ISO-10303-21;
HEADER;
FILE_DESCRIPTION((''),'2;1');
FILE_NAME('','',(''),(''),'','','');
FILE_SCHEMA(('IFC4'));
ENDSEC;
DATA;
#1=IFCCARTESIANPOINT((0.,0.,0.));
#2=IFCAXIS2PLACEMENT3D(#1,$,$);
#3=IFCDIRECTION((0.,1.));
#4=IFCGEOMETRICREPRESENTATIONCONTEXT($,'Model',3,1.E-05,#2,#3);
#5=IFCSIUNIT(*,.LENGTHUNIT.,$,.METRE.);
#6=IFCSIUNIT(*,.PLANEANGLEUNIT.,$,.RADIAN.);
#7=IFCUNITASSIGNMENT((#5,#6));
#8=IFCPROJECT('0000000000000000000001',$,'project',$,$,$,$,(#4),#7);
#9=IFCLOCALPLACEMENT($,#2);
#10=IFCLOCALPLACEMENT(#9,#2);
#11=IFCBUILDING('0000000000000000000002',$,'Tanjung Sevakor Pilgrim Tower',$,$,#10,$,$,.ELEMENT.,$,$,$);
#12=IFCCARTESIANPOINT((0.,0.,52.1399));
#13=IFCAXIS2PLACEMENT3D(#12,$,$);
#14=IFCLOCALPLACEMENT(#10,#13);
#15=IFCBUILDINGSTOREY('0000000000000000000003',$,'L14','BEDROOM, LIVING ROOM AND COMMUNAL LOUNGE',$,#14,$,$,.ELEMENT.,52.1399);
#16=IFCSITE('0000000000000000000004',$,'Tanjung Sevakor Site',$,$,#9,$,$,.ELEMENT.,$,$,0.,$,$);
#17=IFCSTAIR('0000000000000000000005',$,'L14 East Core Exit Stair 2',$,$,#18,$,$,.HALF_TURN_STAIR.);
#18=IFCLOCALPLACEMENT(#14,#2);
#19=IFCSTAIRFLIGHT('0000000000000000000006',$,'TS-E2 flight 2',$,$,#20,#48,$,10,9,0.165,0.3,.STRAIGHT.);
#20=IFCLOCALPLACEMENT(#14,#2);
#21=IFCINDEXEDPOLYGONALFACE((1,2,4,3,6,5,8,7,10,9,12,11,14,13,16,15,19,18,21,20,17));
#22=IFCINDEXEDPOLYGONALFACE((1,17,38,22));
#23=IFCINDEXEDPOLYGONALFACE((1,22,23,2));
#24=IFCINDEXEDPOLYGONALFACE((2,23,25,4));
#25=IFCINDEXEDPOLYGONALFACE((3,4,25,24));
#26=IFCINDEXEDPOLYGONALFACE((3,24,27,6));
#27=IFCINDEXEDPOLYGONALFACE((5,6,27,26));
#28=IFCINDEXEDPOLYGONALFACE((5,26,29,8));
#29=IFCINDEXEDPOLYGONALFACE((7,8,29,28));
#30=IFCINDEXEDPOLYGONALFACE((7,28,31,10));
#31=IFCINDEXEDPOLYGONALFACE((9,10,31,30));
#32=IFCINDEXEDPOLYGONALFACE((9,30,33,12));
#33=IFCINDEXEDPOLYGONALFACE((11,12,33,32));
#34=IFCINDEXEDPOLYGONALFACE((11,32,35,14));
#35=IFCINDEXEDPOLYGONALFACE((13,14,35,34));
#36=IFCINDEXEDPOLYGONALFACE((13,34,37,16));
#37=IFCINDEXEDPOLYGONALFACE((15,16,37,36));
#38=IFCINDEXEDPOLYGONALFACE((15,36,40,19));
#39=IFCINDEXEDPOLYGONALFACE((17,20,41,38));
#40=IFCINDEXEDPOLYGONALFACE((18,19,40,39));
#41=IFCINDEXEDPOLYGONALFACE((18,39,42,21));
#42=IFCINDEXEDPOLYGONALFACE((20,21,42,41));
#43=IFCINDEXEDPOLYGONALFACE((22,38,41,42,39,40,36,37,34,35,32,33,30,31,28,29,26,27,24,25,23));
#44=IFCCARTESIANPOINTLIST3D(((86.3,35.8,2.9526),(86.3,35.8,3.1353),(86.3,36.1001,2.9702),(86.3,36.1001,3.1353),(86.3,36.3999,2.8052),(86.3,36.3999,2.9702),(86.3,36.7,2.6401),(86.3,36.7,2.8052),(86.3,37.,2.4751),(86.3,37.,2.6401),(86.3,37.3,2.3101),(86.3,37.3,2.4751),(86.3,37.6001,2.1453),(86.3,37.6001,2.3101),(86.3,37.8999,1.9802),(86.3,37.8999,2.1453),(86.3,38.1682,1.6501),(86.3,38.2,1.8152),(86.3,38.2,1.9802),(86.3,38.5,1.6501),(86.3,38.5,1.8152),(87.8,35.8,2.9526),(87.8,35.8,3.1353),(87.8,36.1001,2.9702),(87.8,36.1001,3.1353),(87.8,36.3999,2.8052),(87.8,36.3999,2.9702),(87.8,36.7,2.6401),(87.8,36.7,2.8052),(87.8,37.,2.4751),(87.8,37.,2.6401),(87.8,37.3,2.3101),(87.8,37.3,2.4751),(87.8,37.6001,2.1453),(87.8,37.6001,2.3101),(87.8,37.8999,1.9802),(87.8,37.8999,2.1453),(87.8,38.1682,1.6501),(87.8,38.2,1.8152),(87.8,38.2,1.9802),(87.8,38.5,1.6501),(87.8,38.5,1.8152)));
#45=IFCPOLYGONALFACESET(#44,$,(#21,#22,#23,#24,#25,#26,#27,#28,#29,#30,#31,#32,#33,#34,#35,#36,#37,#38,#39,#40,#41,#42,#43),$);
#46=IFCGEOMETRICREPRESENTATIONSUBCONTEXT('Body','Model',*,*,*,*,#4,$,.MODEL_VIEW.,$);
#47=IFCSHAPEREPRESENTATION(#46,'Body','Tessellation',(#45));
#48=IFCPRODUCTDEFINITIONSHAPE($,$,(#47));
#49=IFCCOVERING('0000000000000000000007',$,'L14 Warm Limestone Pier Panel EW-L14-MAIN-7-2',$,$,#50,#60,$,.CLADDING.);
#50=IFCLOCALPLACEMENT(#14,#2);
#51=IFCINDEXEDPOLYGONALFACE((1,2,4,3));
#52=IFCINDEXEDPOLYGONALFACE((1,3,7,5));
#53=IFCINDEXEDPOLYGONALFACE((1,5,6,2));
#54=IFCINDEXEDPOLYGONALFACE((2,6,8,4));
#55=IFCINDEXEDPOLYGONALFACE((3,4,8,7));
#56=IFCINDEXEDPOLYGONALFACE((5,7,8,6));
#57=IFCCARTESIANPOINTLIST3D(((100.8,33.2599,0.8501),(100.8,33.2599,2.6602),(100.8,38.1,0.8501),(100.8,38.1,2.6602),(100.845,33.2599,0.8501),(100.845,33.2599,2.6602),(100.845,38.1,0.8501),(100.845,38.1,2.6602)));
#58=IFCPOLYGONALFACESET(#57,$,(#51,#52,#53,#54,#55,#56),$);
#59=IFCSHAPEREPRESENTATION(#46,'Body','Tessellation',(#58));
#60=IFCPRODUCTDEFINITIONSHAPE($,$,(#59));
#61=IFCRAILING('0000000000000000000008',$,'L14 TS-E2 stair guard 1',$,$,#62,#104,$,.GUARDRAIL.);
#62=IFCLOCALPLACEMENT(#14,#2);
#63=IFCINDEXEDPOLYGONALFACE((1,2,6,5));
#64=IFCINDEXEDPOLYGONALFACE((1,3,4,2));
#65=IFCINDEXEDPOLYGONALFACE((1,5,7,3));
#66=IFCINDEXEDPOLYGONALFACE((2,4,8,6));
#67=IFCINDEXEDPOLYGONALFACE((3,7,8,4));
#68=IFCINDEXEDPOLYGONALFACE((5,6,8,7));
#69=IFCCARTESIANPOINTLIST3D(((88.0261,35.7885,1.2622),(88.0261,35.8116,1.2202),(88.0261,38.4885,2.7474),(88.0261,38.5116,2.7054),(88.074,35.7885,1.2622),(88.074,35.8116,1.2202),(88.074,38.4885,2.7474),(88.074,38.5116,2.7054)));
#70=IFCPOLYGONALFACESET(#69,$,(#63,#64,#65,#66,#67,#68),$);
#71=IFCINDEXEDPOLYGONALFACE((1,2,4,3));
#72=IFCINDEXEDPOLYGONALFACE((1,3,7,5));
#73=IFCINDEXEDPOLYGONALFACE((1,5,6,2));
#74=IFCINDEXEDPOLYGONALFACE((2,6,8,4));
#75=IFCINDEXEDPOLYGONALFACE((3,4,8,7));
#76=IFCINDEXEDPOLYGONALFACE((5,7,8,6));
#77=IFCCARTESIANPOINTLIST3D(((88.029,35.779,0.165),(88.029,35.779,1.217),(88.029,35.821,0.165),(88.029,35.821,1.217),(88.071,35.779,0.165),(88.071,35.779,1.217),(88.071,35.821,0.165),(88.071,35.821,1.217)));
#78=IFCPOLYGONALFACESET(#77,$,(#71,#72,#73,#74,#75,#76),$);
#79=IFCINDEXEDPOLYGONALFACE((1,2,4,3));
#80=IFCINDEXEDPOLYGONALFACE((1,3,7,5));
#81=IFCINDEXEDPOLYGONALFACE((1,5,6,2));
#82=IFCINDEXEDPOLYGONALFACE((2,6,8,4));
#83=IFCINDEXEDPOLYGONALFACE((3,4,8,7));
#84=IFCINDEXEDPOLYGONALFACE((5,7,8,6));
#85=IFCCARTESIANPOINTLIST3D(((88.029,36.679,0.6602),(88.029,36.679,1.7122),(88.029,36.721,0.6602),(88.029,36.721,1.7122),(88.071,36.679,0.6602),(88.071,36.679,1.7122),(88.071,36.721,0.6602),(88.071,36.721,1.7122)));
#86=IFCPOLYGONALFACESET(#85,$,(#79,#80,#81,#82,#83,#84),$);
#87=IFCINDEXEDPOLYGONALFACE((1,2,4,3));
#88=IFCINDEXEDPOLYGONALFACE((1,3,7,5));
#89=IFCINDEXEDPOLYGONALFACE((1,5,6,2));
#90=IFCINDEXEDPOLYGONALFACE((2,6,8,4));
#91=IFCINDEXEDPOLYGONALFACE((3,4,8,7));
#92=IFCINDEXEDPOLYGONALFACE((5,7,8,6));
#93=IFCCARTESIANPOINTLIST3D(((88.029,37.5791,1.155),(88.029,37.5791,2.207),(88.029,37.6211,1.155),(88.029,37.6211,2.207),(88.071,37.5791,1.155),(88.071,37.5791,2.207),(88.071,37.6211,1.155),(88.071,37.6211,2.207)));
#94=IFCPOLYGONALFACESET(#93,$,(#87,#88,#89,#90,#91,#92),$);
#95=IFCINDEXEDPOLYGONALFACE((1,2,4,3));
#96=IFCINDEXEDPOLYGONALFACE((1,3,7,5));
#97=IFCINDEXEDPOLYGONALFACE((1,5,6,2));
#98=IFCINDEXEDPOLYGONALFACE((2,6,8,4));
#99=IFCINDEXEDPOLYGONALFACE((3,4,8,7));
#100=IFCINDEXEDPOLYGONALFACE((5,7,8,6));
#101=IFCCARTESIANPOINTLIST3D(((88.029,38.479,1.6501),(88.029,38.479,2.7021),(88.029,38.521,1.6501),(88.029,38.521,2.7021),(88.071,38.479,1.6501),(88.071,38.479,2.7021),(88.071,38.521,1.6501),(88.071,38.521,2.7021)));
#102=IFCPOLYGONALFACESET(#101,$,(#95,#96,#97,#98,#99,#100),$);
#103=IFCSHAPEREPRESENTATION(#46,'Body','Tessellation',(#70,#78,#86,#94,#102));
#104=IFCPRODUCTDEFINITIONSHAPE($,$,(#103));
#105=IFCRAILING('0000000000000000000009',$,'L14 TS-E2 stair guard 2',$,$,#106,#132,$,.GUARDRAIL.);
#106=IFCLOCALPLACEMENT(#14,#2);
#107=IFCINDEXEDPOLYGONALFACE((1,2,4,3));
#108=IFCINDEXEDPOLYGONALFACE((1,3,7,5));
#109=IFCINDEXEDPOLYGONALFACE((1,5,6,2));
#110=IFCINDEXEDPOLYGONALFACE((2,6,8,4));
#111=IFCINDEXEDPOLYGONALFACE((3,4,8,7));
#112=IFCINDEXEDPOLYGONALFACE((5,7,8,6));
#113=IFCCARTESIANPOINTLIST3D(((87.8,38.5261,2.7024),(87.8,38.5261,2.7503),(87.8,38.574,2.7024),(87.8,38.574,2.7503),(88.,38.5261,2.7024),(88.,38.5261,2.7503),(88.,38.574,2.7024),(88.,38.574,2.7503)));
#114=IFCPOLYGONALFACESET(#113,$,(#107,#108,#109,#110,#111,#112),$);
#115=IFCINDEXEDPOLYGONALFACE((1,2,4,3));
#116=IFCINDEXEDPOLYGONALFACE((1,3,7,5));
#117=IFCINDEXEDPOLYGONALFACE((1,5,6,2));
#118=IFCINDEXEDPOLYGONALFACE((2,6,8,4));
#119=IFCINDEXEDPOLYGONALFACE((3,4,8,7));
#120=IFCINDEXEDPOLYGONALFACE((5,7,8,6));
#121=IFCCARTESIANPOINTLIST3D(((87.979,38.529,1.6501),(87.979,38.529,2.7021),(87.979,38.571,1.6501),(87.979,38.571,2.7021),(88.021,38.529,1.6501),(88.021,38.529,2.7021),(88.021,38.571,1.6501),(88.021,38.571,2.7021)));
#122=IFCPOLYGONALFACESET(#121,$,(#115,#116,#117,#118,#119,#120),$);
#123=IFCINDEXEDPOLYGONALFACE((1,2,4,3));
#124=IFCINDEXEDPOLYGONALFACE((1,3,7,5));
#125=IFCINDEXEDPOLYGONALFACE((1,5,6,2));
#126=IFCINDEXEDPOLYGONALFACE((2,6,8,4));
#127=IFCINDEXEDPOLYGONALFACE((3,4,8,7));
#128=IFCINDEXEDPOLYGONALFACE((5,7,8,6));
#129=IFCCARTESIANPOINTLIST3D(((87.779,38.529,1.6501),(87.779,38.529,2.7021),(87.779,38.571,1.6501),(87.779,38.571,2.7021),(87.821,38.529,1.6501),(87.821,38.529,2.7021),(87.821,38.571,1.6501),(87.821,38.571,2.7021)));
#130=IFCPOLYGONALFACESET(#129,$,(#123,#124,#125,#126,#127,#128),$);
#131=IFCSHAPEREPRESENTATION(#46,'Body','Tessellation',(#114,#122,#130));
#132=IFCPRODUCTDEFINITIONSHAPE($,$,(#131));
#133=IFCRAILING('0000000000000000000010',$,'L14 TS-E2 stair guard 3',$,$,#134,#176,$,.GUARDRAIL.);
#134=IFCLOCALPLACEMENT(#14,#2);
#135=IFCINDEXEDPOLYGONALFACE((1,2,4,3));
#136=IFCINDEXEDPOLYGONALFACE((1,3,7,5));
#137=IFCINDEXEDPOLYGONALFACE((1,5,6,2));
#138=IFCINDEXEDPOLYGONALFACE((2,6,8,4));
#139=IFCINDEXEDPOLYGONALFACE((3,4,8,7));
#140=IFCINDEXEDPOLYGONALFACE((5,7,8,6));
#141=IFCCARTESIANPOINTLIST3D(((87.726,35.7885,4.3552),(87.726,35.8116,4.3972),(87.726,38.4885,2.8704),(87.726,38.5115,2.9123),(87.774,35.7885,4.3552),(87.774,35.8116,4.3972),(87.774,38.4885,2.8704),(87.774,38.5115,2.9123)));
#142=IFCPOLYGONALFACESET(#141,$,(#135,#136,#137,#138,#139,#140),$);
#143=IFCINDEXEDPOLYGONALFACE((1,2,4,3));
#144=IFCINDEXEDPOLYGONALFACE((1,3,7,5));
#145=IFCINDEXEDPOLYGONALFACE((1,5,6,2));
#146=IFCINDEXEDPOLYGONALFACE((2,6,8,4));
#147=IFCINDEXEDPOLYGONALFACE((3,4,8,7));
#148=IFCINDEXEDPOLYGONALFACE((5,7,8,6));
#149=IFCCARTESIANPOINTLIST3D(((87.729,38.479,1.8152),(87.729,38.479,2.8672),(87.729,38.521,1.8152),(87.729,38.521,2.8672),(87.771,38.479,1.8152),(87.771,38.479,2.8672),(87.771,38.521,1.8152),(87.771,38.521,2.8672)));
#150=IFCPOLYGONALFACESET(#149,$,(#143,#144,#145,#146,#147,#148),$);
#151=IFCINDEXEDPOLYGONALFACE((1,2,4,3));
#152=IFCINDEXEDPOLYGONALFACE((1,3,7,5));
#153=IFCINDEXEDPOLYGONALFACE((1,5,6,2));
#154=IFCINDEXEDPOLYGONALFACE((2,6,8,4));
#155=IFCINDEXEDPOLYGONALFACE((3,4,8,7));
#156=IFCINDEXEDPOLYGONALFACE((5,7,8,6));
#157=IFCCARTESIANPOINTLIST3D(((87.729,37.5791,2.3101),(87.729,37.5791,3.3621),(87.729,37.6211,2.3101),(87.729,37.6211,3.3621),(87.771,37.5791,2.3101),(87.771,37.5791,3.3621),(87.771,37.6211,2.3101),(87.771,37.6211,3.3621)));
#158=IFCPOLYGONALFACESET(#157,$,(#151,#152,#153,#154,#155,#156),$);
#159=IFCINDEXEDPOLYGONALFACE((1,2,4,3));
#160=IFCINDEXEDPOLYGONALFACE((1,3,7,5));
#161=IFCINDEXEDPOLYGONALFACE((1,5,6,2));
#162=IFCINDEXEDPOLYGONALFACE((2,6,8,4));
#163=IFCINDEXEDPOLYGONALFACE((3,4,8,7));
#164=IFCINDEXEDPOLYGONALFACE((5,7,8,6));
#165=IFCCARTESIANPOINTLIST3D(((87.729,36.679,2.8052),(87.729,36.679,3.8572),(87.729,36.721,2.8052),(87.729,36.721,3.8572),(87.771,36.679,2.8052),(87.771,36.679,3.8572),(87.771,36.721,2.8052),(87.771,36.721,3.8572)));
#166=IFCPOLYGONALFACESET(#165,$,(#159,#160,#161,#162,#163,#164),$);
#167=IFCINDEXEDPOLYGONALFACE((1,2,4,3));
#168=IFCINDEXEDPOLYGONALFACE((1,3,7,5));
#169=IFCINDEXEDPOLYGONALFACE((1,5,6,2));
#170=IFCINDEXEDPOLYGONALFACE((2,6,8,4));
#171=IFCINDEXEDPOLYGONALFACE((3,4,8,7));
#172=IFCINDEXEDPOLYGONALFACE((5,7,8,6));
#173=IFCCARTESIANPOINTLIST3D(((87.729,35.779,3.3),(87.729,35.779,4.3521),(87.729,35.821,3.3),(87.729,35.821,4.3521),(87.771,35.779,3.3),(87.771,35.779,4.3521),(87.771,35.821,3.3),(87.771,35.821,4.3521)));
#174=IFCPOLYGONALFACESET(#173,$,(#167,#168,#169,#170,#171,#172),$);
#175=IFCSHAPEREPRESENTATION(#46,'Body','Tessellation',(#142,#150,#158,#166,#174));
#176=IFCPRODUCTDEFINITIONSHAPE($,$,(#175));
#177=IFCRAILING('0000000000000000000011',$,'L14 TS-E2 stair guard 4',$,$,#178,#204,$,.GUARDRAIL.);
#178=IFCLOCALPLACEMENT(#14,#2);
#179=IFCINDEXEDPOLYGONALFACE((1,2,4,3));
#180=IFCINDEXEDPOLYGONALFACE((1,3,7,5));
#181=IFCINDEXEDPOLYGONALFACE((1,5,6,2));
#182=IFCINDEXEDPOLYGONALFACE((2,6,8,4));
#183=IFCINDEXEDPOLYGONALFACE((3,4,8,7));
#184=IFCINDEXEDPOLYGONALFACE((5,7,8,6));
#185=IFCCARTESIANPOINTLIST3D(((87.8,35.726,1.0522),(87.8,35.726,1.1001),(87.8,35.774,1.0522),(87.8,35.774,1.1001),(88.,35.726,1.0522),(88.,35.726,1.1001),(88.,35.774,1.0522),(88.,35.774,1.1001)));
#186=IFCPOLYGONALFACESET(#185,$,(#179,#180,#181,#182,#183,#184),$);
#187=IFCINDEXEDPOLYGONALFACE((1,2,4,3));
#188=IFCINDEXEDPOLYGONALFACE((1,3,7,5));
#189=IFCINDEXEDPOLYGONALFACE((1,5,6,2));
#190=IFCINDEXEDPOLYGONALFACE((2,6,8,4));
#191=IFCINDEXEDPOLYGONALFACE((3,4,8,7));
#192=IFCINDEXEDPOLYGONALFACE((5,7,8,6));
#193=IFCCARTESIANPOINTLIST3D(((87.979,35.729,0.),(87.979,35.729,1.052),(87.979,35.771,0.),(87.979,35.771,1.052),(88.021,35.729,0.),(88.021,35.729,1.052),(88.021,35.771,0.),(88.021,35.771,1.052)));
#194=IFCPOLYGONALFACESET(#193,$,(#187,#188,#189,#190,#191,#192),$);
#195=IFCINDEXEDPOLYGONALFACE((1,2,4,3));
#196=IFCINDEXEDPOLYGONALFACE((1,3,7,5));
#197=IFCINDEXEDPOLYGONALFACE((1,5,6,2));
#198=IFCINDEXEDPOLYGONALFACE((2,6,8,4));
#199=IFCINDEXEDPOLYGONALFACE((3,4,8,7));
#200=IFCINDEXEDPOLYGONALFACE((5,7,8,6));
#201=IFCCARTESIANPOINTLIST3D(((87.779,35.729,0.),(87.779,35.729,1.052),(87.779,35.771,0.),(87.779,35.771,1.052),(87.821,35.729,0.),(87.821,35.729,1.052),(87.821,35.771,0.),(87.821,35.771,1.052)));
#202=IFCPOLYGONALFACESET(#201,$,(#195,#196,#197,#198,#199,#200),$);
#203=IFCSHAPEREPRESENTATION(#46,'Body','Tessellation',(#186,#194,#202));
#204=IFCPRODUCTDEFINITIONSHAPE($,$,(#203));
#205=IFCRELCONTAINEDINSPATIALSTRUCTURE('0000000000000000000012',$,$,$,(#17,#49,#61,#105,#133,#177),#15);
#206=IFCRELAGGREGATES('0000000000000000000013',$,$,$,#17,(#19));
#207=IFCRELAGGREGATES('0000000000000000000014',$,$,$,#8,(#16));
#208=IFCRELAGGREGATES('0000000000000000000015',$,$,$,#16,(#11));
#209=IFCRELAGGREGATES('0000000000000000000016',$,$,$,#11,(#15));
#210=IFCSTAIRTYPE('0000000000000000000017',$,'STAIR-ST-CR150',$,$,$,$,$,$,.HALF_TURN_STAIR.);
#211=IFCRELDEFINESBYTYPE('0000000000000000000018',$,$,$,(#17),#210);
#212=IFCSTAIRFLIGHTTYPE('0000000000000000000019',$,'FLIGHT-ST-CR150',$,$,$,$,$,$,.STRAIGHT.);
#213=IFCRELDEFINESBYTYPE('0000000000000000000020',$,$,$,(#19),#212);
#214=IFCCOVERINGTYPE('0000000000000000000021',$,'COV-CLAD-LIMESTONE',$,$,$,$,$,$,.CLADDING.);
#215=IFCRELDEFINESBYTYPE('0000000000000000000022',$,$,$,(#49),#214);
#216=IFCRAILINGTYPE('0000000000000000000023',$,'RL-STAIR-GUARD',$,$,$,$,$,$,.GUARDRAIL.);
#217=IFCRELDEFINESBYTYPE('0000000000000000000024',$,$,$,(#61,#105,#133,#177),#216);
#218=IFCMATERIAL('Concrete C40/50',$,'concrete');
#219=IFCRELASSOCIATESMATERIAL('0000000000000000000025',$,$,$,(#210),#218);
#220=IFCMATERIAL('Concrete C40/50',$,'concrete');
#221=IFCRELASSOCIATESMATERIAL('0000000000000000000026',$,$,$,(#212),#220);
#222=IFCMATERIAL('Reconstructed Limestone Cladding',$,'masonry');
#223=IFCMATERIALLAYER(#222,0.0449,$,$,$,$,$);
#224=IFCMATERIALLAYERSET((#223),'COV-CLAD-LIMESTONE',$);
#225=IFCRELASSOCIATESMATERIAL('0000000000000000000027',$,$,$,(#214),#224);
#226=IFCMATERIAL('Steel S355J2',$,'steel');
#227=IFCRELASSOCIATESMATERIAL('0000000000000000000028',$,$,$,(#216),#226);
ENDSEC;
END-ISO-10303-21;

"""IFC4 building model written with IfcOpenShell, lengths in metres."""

from ifc_helpers import new_model, si_unit, direction, frame, origin, origin_2d, place, context, subcontext, project, spatial, polyline, rectangle, outline, extrude, material, layer, layer_set, type_object, element, aggregate, save


model = new_model("IFC4")

# Units and contexts
model_context = context("Model", 3, precision=1e-05, world=origin(), true_north=direction((0.0, 1.0)))
body_context = subcontext(model_context, "Body", "Model", "MODEL_VIEW")
ifc_project = project(units=[si_unit("LENGTHUNIT", "METRE"), si_unit("PLANEANGLEUNIT", "RADIAN")], contexts=[model_context])

# Site, building, storey
site_placement = place(None, origin())
site = spatial("IfcSite", under=ifc_project, at=site_placement, Name="Tanjung Sevakor Site", CompositionType="ELEMENT", RefElevation=0.0)
building_placement = place(site_placement, origin())
building = spatial("IfcBuilding", under=site, at=building_placement, Name="Tanjung Sevakor Pilgrim Tower", CompositionType="ELEMENT")
storey_placement = place(building_placement, frame((0.0, 0.0, 52.1399)))
storey = spatial("IfcBuildingStorey", under=building, at=storey_placement, Name="L14", Description="BEDROOM, LIVING ROOM AND COMMUNAL LOUNGE", CompositionType="ELEMENT", Elevation=52.1399)

# Stair, stair flight
ifc_material_1 = material(Name="Concrete C40/50", Category="concrete")
stair_type = type_object("IfcStairType", Name="STAIR-ST-CR150", PredefinedType="HALF_TURN_STAIR", material=ifc_material_1)
stair_placement = place(storey_placement, origin())
stair = element("IfcStair", 1, at=stair_placement, inside=storey, type_object=stair_type, Name="L14 East Core Exit Stair 2", PredefinedType="HALF_TURN_STAIR")
ifc_material_2 = material(Name="Concrete C40/50", Category="concrete")
stair_flight_type = type_object("IfcStairFlightType", Name="FLIGHT-ST-CR150", PredefinedType="STRAIGHT", material=ifc_material_2)
stair_flight_1_placement = place(storey_placement, frame((87.05, 38.5, 1.6501), z_axis=(0.0, 0.0, 1.0), x_axis=(0.0, -1.0, 0.0)))
stair_flight_1 = element("IfcStairFlight", 2, at=stair_flight_1_placement, type_object=stair_flight_type, Name="TS-E2 flight 2", NumberOfRisers=10, NumberOfTreads=9, PredefinedType="STRAIGHT", RiserHeight=0.165, TreadLength=0.3, context=body_context, shape_type="SweptSolid", body=[
    extrude(outline(polyline([(0.0, 0.0), (0.0, 0.165), (0.3, 0.165), (0.3, 0.3301), (0.6001, 0.3301), (0.6001, 0.4951), (0.8999, 0.4951), (0.8999, 0.6599), (1.2, 0.6599), (1.2, 0.825), (1.5, 0.825), (1.5, 0.99), (1.8, 0.99), (1.8, 1.155), (2.1001, 1.155), (2.1001, 1.3201), (2.3999, 1.3201), (2.3999, 1.4851), (2.7, 1.4851), (2.7, 1.6499), (2.7, 1.3025), (0.3318, 0.0), (0.0, 0.0)])), frame((0.0, 0.75, 0.0), z_axis=(0.0, -1.0, 0.0), x_axis=(1.0, 0.0, 0.0)), (0.0, 0.0, 1.0), 1.5),
])
aggregate(stair, [stair_flight_1])

# Covering
ifc_material_3 = material(Name="Reconstructed Limestone Cladding", Category="masonry")
ifc_layer_1 = layer(ifc_material_3, 0.0449)
ifc_layer_set_1 = layer_set([ifc_layer_1], Name="COV-CLAD-LIMESTONE")
covering_type = type_object("IfcCoveringType", Name="COV-CLAD-LIMESTONE", PredefinedType="CLADDING", material=ifc_layer_set_1)
covering_placement = place(storey_placement, frame((100.8225, 35.6799, 0.8501), z_axis=(0.0, 0.0, 1.0), x_axis=(0.0, 1.0, 0.0)))
element("IfcCovering", 3, at=covering_placement, inside=storey, type_object=covering_type, Name="L14 Warm Limestone Pier Panel EW-L14-MAIN-7-2", PredefinedType="CLADDING", context=body_context, shape_type="SweptSolid", body=[
    extrude(rectangle(XDim=4.8401, YDim=0.0449, at=origin_2d()), origin(), (0.0, 0.0, 1.0), 1.8101),
])

# Railings
ifc_material_4 = material(Name="Steel S355J2", Category="steel")
railing_type_1 = type_object("IfcRailingType", Name="RL-STAIR-GUARD", PredefinedType="GUARDRAIL", material=ifc_material_4)
railing_1_placement = place(storey_placement, frame((88.05, 35.8, 0.165)))
element("IfcRailing", 4, at=railing_1_placement, inside=storey, type_object=railing_type_1, Name="L14 TS-E2 stair guard 1", PredefinedType="GUARDRAIL", context=body_context, shape_type="SweptSolid", body=[
    extrude(rectangle(XDim=0.0479, YDim=0.0479), frame((0.0, 0.0, 1.0762), z_axis=(0.0, 0.876198, 0.481952), x_axis=(-1.0, 0.0, 0.0)), (0.0, 0.0, 1.0), 3.0815),
    extrude(rectangle(XDim=0.042, YDim=0.042), origin(), (0.0, 0.0, 1.0), 1.052),
    extrude(rectangle(XDim=0.042, YDim=0.042), frame((0.0, 0.8999, 0.4951)), (0.0, 0.0, 1.0), 1.052),
    extrude(rectangle(XDim=0.042, YDim=0.042), frame((0.0, 1.8, 0.99)), (0.0, 0.0, 1.0), 1.052),
    extrude(rectangle(XDim=0.042, YDim=0.042), frame((0.0, 2.7, 1.4851)), (0.0, 0.0, 1.0), 1.052),
])
railing_2_placement = place(storey_placement, frame((88.0, 38.55, 1.6501)))
element("IfcRailing", 5, at=railing_2_placement, inside=storey, type_object=railing_type_1, Name="L14 TS-E2 stair guard 2", PredefinedType="GUARDRAIL", context=body_context, shape_type="SweptSolid", body=[
    extrude(rectangle(XDim=0.0479, YDim=0.0479), frame((0.0, 0.0, 1.0762), z_axis=(-1.0, 0.0, 0.0), x_axis=(0.0, -1.0, 0.0)), (0.0, 0.0, 1.0), 0.2),
    extrude(rectangle(XDim=0.042, YDim=0.042), origin(), (0.0, 0.0, 1.0), 1.052),
    extrude(rectangle(XDim=0.042, YDim=0.042), frame((-0.2, 0.0, 0.0)), (0.0, 0.0, 1.0), 1.052),
])
railing_3_placement = place(storey_placement, frame((87.75, 38.5, 1.8152)))
element("IfcRailing", 6, at=railing_3_placement, inside=storey, type_object=railing_type_1, Name="L14 TS-E2 stair guard 3", PredefinedType="GUARDRAIL", context=body_context, shape_type="SweptSolid", body=[
    extrude(rectangle(XDim=0.0479, YDim=0.0479), frame((0.0, 0.0, 1.0762), z_axis=(0.0, -0.876231, 0.481891), x_axis=(1.0, 0.0, 0.0)), (0.0, 0.0, 1.0), 3.0813),
    extrude(rectangle(XDim=0.042, YDim=0.042), origin(), (0.0, 0.0, 1.0), 1.052),
    extrude(rectangle(XDim=0.042, YDim=0.042), frame((0.0, -0.8999, 0.4949)), (0.0, 0.0, 1.0), 1.052),
    extrude(rectangle(XDim=0.042, YDim=0.042), frame((0.0, -1.8, 0.99)), (0.0, 0.0, 1.0), 1.052),
    extrude(rectangle(XDim=0.042, YDim=0.042), frame((0.0, -2.7, 1.4849)), (0.0, 0.0, 1.0), 1.052),
])
railing_4_placement = place(storey_placement, frame((88.0, 35.75, 0.0)))
element("IfcRailing", 7, at=railing_4_placement, inside=storey, type_object=railing_type_1, Name="L14 TS-E2 stair guard 4", PredefinedType="GUARDRAIL", context=body_context, shape_type="SweptSolid", body=[
    extrude(rectangle(XDim=0.0479, YDim=0.0479), frame((0.0, 0.0, 1.0762), z_axis=(-1.0, 0.0, 0.0), x_axis=(0.0, -1.0, 0.0)), (0.0, 0.0, 1.0), 0.2),
    extrude(rectangle(XDim=0.042, YDim=0.042), origin(), (0.0, 0.0, 1.0), 1.052),
    extrude(rectangle(XDim=0.042, YDim=0.042), frame((-0.2, 0.0, 0.0)), (0.0, 0.0, 1.0), 1.052),
])

save(model, "model.ifc")
